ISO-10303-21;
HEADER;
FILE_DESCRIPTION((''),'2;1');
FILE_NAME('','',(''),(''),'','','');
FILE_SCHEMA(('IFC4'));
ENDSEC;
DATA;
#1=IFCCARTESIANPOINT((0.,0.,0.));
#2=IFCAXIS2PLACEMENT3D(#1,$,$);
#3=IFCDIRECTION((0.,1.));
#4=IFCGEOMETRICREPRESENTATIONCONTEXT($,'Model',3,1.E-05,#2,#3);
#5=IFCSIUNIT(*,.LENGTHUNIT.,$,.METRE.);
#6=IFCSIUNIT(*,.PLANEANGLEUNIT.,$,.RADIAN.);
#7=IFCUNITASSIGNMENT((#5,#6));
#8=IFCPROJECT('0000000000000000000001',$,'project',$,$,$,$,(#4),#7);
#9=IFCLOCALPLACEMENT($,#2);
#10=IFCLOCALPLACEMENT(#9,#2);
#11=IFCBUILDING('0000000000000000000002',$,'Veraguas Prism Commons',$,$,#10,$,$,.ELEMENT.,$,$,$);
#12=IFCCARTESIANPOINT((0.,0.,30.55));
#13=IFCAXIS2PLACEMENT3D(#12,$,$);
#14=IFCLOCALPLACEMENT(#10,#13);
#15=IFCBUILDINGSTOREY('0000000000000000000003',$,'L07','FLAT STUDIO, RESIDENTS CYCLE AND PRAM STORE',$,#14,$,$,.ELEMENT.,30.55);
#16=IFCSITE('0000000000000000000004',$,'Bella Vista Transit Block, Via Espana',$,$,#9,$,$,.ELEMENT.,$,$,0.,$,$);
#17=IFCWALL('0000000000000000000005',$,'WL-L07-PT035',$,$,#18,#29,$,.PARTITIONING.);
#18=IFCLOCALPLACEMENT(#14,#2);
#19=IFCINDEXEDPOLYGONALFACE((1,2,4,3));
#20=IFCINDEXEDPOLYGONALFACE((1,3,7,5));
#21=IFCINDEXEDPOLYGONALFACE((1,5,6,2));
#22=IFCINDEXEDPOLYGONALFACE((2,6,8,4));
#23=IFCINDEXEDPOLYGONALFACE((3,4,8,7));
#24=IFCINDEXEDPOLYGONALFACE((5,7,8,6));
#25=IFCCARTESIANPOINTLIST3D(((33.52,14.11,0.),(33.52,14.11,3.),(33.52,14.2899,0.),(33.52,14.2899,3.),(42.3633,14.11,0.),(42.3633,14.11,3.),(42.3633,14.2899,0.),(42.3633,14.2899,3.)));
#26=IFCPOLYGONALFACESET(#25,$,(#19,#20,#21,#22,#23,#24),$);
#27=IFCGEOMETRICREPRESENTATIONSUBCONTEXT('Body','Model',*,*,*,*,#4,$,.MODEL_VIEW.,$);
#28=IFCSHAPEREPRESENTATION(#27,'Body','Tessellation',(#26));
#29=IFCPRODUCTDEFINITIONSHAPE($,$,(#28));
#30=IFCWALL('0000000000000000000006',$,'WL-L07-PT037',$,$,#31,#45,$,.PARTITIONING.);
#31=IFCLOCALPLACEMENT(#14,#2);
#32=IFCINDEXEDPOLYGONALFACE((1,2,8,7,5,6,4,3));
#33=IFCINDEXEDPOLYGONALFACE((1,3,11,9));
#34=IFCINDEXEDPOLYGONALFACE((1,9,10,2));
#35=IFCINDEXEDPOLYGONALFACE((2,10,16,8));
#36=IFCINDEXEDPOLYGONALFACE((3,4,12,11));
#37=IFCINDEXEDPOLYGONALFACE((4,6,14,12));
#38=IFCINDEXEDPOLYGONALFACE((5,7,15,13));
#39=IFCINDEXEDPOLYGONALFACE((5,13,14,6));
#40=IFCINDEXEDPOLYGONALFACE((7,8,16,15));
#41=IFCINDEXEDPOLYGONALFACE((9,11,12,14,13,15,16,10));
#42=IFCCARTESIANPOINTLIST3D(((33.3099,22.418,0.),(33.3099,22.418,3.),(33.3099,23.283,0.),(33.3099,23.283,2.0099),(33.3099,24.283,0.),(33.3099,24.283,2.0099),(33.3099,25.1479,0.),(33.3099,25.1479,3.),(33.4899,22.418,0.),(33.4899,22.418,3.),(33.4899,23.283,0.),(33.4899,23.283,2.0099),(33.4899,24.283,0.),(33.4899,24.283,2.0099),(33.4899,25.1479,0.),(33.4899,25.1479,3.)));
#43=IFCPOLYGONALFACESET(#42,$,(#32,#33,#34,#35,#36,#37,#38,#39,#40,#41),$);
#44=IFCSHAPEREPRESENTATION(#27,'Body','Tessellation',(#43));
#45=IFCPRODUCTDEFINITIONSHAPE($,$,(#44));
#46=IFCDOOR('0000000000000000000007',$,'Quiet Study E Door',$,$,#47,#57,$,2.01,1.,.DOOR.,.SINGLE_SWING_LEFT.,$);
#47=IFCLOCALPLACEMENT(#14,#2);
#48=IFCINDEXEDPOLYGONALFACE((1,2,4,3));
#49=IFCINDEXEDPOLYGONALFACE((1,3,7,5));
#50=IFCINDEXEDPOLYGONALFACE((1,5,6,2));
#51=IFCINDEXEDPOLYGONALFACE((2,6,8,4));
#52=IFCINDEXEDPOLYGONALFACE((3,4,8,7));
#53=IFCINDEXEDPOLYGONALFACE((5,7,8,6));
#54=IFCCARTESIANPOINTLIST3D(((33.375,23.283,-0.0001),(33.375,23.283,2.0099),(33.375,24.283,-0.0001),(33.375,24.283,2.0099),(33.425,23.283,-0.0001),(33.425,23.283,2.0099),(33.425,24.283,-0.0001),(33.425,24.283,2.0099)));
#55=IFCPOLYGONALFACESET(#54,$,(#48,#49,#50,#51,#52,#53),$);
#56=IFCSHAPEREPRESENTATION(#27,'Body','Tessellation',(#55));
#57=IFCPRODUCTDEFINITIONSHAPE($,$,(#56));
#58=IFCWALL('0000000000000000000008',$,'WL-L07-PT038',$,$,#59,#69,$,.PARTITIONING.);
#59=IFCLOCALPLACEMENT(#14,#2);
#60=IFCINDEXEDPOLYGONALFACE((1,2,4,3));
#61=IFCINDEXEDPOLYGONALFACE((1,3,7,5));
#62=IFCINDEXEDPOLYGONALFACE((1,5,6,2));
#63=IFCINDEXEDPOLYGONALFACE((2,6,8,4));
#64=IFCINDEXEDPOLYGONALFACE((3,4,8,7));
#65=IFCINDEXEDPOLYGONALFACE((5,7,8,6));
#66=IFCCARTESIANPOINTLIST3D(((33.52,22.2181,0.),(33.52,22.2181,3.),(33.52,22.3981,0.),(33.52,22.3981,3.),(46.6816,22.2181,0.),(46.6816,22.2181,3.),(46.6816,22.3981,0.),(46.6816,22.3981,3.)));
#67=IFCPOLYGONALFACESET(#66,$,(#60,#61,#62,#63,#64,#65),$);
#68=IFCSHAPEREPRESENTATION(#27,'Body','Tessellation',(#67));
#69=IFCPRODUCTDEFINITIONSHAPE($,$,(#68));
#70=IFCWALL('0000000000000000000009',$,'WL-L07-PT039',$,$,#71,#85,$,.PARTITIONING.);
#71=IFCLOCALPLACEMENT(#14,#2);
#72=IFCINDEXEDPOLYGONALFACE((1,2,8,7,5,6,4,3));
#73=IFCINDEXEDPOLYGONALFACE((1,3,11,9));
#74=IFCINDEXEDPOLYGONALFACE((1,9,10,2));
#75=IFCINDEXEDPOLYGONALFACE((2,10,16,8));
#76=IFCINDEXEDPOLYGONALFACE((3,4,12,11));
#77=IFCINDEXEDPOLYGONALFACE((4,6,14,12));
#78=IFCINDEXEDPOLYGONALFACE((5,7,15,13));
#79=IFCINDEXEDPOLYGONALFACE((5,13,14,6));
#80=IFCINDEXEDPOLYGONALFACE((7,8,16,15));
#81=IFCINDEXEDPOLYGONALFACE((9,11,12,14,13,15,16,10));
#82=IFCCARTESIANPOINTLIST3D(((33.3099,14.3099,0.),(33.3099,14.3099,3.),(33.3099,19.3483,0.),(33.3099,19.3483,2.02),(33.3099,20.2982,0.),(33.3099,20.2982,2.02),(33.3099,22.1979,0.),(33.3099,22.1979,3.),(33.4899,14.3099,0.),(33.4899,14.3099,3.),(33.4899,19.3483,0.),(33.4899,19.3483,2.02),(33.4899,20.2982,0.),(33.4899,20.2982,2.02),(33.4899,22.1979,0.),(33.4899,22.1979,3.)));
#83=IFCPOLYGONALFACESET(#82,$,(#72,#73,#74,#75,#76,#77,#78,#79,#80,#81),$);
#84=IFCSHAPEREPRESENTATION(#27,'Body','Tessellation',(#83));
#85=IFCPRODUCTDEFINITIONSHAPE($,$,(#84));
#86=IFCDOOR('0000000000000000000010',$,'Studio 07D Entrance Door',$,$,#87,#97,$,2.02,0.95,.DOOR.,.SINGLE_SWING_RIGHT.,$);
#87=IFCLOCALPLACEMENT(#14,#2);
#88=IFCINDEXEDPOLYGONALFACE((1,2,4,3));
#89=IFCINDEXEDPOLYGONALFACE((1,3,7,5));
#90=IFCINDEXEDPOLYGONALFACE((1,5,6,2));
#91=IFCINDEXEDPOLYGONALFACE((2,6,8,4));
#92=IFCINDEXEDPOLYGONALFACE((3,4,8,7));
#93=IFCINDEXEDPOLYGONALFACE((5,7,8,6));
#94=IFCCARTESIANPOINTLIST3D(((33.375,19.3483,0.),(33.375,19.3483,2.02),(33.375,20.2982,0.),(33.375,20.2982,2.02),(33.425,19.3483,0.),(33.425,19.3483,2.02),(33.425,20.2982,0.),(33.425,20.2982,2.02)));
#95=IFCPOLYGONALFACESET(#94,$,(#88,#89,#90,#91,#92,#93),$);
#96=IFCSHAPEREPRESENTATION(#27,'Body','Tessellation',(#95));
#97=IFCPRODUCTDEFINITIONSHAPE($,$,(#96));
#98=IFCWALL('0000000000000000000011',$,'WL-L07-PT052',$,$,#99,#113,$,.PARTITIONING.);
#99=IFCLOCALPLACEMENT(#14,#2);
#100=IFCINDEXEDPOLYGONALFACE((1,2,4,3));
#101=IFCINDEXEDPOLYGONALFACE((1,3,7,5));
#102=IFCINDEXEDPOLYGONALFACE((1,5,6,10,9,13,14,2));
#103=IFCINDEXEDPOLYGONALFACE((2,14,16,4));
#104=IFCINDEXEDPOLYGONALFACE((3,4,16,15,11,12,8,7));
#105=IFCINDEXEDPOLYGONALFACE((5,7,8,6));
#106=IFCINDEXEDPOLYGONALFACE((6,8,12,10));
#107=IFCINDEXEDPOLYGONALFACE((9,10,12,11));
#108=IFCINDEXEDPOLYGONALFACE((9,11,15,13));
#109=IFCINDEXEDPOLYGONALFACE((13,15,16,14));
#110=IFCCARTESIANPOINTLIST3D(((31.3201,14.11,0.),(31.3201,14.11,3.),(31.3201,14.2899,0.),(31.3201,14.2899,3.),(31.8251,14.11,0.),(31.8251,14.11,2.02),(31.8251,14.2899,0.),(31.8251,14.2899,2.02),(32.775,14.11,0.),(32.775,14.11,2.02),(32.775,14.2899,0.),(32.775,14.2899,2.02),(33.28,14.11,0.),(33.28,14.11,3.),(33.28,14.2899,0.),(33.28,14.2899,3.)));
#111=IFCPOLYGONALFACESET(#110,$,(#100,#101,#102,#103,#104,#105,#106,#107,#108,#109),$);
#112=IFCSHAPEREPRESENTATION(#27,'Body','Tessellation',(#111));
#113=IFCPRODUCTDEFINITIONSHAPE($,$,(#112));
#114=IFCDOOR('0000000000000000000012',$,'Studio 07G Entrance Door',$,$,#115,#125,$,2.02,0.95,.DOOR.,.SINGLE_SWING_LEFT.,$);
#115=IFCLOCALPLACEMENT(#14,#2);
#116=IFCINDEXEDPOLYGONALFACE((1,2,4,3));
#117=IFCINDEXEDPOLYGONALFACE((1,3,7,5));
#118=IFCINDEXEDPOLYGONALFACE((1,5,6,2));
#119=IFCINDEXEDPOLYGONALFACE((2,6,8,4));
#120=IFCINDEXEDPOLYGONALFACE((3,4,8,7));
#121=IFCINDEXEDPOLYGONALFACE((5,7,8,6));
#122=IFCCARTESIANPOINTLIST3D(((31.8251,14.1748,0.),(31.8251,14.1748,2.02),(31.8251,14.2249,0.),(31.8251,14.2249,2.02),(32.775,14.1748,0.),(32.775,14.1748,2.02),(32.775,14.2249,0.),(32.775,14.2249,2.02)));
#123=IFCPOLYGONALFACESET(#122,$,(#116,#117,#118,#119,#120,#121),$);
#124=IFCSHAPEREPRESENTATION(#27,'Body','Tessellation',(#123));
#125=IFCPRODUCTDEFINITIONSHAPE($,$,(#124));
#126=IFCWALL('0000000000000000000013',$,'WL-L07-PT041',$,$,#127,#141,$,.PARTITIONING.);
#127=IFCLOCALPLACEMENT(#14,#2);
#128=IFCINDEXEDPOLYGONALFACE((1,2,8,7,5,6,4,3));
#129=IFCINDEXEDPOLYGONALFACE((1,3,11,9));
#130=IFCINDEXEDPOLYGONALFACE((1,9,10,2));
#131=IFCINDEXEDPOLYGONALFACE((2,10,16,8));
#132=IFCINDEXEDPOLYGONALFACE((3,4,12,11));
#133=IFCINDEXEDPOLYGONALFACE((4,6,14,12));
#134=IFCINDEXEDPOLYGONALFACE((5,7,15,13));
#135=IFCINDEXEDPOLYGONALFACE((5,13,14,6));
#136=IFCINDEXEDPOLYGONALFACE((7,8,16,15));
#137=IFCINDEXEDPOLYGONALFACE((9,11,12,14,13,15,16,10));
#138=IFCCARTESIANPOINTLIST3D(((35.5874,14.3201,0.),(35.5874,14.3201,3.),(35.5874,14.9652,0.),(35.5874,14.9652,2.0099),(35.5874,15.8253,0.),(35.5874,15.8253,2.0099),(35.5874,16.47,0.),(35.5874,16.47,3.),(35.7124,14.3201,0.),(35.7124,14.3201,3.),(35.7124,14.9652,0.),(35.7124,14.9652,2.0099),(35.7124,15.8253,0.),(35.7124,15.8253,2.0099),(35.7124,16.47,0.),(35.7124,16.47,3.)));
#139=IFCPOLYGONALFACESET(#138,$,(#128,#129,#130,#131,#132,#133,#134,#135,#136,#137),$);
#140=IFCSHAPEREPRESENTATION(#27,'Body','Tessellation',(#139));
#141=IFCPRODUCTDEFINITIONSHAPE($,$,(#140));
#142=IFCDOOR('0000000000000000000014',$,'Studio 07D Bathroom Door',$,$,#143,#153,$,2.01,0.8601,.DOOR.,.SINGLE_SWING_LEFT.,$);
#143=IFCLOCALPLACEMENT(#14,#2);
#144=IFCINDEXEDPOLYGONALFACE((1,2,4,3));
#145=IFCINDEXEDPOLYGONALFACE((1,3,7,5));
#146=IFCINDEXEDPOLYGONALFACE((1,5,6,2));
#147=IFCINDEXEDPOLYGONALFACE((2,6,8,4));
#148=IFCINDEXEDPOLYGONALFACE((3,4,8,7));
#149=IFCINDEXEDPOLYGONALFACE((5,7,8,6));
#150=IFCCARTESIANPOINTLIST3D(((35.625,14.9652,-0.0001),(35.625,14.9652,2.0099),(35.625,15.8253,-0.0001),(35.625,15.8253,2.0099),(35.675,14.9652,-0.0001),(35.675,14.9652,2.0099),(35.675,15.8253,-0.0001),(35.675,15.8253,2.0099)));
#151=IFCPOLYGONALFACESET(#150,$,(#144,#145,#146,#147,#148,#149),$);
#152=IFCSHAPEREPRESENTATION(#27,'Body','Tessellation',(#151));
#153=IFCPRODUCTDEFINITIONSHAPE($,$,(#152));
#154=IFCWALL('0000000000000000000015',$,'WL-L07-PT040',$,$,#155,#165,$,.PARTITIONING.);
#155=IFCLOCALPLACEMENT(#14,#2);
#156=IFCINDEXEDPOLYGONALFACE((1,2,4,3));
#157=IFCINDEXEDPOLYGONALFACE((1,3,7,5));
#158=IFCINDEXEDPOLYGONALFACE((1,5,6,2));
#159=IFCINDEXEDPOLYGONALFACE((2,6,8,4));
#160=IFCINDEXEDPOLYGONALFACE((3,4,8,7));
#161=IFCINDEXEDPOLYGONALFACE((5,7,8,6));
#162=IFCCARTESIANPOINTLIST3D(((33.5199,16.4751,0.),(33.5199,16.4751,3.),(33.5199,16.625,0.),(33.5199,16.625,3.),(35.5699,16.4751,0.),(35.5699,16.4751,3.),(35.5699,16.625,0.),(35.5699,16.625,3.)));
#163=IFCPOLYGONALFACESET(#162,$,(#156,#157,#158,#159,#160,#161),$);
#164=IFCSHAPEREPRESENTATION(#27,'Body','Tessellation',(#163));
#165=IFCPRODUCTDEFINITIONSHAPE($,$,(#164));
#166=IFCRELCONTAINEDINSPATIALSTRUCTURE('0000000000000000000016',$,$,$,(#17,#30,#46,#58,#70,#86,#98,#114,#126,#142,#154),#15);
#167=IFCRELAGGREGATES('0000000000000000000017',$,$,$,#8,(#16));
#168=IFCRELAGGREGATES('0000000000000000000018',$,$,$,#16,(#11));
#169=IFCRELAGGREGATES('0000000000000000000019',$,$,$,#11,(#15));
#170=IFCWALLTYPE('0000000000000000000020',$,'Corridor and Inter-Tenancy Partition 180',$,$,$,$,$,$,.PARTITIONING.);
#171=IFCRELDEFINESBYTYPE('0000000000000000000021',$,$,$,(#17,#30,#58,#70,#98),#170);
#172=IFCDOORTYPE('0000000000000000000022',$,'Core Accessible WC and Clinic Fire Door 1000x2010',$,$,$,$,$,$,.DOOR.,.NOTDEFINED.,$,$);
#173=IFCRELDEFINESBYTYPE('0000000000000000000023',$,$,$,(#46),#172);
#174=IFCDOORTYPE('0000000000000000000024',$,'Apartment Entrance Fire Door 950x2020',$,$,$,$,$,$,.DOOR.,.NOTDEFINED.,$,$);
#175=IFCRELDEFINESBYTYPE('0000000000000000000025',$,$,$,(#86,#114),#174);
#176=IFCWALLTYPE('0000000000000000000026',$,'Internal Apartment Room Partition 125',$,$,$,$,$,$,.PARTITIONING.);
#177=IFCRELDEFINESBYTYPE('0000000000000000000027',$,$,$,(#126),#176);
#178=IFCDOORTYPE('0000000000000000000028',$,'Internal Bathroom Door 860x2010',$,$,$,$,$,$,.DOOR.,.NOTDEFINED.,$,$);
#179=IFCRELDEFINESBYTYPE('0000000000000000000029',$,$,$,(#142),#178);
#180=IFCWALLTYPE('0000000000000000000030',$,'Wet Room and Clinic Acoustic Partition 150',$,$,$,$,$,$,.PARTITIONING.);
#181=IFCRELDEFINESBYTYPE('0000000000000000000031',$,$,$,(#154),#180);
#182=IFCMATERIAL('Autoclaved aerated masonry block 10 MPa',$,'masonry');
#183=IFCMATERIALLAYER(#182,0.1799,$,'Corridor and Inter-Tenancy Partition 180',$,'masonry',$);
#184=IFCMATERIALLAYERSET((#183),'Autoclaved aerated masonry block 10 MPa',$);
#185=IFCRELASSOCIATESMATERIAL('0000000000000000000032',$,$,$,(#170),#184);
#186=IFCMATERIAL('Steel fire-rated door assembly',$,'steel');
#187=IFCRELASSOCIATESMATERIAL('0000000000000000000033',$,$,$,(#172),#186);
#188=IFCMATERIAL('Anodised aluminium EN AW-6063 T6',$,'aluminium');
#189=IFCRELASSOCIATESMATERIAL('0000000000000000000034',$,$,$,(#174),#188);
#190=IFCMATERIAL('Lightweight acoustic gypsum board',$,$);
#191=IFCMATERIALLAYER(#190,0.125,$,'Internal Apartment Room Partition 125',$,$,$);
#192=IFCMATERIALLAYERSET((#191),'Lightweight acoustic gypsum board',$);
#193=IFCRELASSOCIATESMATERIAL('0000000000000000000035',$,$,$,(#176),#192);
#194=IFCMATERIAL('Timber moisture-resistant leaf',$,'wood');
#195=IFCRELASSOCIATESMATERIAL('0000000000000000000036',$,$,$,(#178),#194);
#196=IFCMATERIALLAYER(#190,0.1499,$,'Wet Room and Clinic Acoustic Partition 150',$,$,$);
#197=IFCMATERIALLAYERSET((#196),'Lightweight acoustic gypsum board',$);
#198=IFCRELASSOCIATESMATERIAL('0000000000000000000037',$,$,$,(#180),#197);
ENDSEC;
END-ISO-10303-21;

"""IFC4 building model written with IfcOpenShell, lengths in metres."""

from ifc_helpers import new_model, si_unit, direction, frame, frame_2d, origin, place, context, subcontext, project, spatial, rectangle, extrude, source, transform, mapped, material, layer, layer_set, type_object, element, fill, save


model = new_model("IFC4")

# Units and contexts
model_context = context("Model", 3, precision=1e-05, world=origin(), true_north=direction((0.0, 1.0)))
body_context = subcontext(model_context, "Body", "Model", "MODEL_VIEW")
ifc_project = project(units=[si_unit("LENGTHUNIT", "METRE"), si_unit("PLANEANGLEUNIT", "RADIAN")], contexts=[model_context])

# Site, building, storey
site_placement = place(None, origin())
site = spatial("IfcSite", under=ifc_project, at=site_placement, Name="Bella Vista Transit Block, Via Espana", CompositionType="ELEMENT", RefElevation=0.0)
building_placement = place(site_placement, origin())
building = spatial("IfcBuilding", under=site, at=building_placement, Name="Veraguas Prism Commons", CompositionType="ELEMENT")
storey_placement = place(building_placement, frame((0.0, 0.0, 30.55)))
storey = spatial("IfcBuildingStorey", under=building, at=storey_placement, Name="L07", Description="FLAT STUDIO, RESIDENTS CYCLE AND PRAM STORE", CompositionType="ELEMENT", Elevation=30.55)

# Shared definitions
ifc_material_1 = material(Name="Anodised aluminium EN AW-6063 T6", Category="aluminium")

# Wall
ifc_material_2 = material(Name="Autoclaved aerated masonry block 10 MPa", Category="masonry")
ifc_layer_1 = layer(ifc_material_2, 0.1799, Name="Corridor and Inter-Tenancy Partition 180", Category="masonry")
ifc_layer_set_1 = layer_set([ifc_layer_1], Name="Autoclaved aerated masonry block 10 MPa")
wall_type_1 = type_object("IfcWallType", Name="Corridor and Inter-Tenancy Partition 180", PredefinedType="PARTITIONING", material=ifc_layer_set_1)
wall_1_placement = place(storey_placement, frame((33.52, 14.2, 0.0), z_axis=(0.0, 0.0, 1.0), x_axis=(1.0, 0.0, 0.0)))
element("IfcWall", 1, at=wall_1_placement, inside=storey, type_object=wall_type_1, Name="WL-L07-PT035", PredefinedType="PARTITIONING", context=body_context, shape_type="SweptSolid", body=[
    extrude(rectangle(XDim=8.8433, YDim=0.1799, at=frame_2d((4.4216, 0.0))), origin(), (0.0, 0.0, 1.0), 3.0),
])

# Wall, opening, door
wall_2_placement = place(storey_placement, frame((33.3999, 22.418, 0.0), z_axis=(0.0, 0.0, 1.0), x_axis=(0.0, 1.0, 0.0)))
wall_2 = element("IfcWall", 2, at=wall_2_placement, inside=storey, type_object=wall_type_1, Name="WL-L07-PT037", PredefinedType="PARTITIONING", context=body_context, shape_type="SweptSolid", body=[
    extrude(rectangle(XDim=2.73, YDim=0.1799, at=frame_2d((1.365, 0.0))), origin(), (0.0, 0.0, 1.0), 3.0),
])
opening_1_placement = place(wall_2_placement, frame((0.865, 0.0, 0.0)))
opening_1 = element("IfcOpeningElement", 3, at=opening_1_placement, cuts=wall_2, PredefinedType="OPENING", context=body_context, shape_type="SweptSolid", body=[
    extrude(rectangle(XDim=1.0, YDim=2.01, at=frame_2d((0.5, 1.0049))), frame((0.0, 0.0999, 0.0), z_axis=(0.0, -1.0, 0.0), x_axis=(1.0, 0.0, 0.0)), (0.0, 0.0, 1.0), 0.2),
])
ifc_material_3 = material(Name="Steel fire-rated door assembly", Category="steel")
door_type_1 = type_object("IfcDoorType", Name="Core Accessible WC and Clinic Fire Door 1000x2010", OperationType="NOTDEFINED", PredefinedType="DOOR", material=ifc_material_3)
shared_shape_1 = source(origin(), body_context, "Body", "SweptSolid", [
    extrude(rectangle(XDim=1.0, YDim=2.01, at=frame_2d((0.5, 1.0049))), frame((0.0, 0.0249, 0.0), z_axis=(0.0, -1.0, 0.0), x_axis=(1.0, 0.0, 0.0)), (0.0, 0.0, 1.0), 0.05),
])
door_1_placement = place(opening_1_placement, origin())
door_1 = element("IfcDoor", 4, at=door_1_placement, inside=storey, type_object=door_type_1, Name="Quiet Study E Door", OperationType="SINGLE_SWING_LEFT", OverallHeight=2.01, OverallWidth=1.0, PredefinedType="DOOR", context=body_context, shape_type="MappedRepresentation", body=[
    mapped(shared_shape_1, transform((0.0, 0.0, 0.0), scale=1.0)),
])
fill(opening_1, door_1)

# Wall
wall_3_placement = place(storey_placement, frame((33.52, 22.3081, 0.0), z_axis=(0.0, 0.0, 1.0), x_axis=(1.0, 0.0, 0.0)))
element("IfcWall", 5, at=wall_3_placement, inside=storey, type_object=wall_type_1, Name="WL-L07-PT038", PredefinedType="PARTITIONING", context=body_context, shape_type="SweptSolid", body=[
    extrude(rectangle(XDim=13.1616, YDim=0.1799, at=frame_2d((6.5808, 0.0))), origin(), (0.0, 0.0, 1.0), 3.0),
])

# Walls, openings, doors
wall_4_placement = place(storey_placement, frame((33.3999, 14.3101, 0.0), z_axis=(0.0, 0.0, 1.0), x_axis=(0.0, 1.0, 0.0)))
wall_4 = element("IfcWall", 6, at=wall_4_placement, inside=storey, type_object=wall_type_1, Name="WL-L07-PT039", PredefinedType="PARTITIONING", context=body_context, shape_type="SweptSolid", body=[
    extrude(rectangle(XDim=7.8879, YDim=0.1799, at=frame_2d((3.9438, 0.0))), origin(), (0.0, 0.0, 1.0), 3.0),
])
opening_2_placement = place(wall_4_placement, frame((5.0381, 0.0, 0.0)))
opening_2 = element("IfcOpeningElement", 7, at=opening_2_placement, cuts=wall_4, PredefinedType="OPENING", context=body_context, shape_type="SweptSolid", body=[
    extrude(rectangle(XDim=0.95, YDim=2.02, at=frame_2d((0.4751, 1.01))), frame((0.0, 0.0999, 0.0), z_axis=(0.0, -1.0, 0.0), x_axis=(1.0, 0.0, 0.0)), (0.0, 0.0, 1.0), 0.2),
])
door_type_2 = type_object("IfcDoorType", Name="Apartment Entrance Fire Door 950x2020", OperationType="NOTDEFINED", PredefinedType="DOOR", material=ifc_material_1)
shared_shape_2 = source(origin(), body_context, "Body", "SweptSolid", [
    extrude(rectangle(XDim=0.95, YDim=2.02, at=frame_2d((0.4751, 1.01))), frame((0.0, 0.0249, 0.0), z_axis=(0.0, -1.0, 0.0), x_axis=(1.0, 0.0, 0.0)), (0.0, 0.0, 1.0), 0.05),
])
door_2_placement = place(opening_2_placement, origin())
door_2 = element("IfcDoor", 8, at=door_2_placement, inside=storey, type_object=door_type_2, Name="Studio 07D Entrance Door", OperationType="SINGLE_SWING_RIGHT", OverallHeight=2.02, OverallWidth=0.95, PredefinedType="DOOR", context=body_context, shape_type="MappedRepresentation", body=[
    mapped(shared_shape_2, transform((0.0, 0.0, 0.0), scale=1.0)),
])
fill(opening_2, door_2)
wall_5_placement = place(storey_placement, frame((31.3201, 14.2, 0.0), z_axis=(0.0, 0.0, 1.0), x_axis=(1.0, 0.0, 0.0)))
wall_5 = element("IfcWall", 9, at=wall_5_placement, inside=storey, type_object=wall_type_1, Name="WL-L07-PT052", PredefinedType="PARTITIONING", context=body_context, shape_type="SweptSolid", body=[
    extrude(rectangle(XDim=1.96, YDim=0.1799, at=frame_2d((0.98, 0.0))), origin(), (0.0, 0.0, 1.0), 3.0),
])
opening_3_placement = place(wall_5_placement, frame((0.5049, 0.0, 0.0)))
opening_3 = element("IfcOpeningElement", 10, at=opening_3_placement, cuts=wall_5, PredefinedType="OPENING", context=body_context, shape_type="SweptSolid", body=[
    extrude(rectangle(XDim=0.95, YDim=2.02, at=frame_2d((0.4751, 1.01))), frame((0.0, 0.0999, 0.0), z_axis=(0.0, -1.0, 0.0), x_axis=(1.0, 0.0, 0.0)), (0.0, 0.0, 1.0), 0.2),
])
door_3_placement = place(opening_3_placement, origin())
door_3 = element("IfcDoor", 11, at=door_3_placement, inside=storey, type_object=door_type_2, Name="Studio 07G Entrance Door", OperationType="SINGLE_SWING_LEFT", OverallHeight=2.02, OverallWidth=0.95, PredefinedType="DOOR", context=body_context, shape_type="MappedRepresentation", body=[
    mapped(shared_shape_2, transform((0.0, 0.0, 0.0), scale=1.0)),
])
fill(opening_3, door_3)
ifc_material_4 = material(Name="Lightweight acoustic gypsum board")
ifc_layer_2 = layer(ifc_material_4, 0.125, Name="Internal Apartment Room Partition 125")
ifc_layer_set_2 = layer_set([ifc_layer_2], Name="Lightweight acoustic gypsum board")
wall_type_2 = type_object("IfcWallType", Name="Internal Apartment Room Partition 125", PredefinedType="PARTITIONING", material=ifc_layer_set_2)
wall_6_placement = place(storey_placement, frame((35.6499, 14.3201, 0.0), z_axis=(0.0, 0.0, 1.0), x_axis=(0.0, 1.0, 0.0)))
wall_6 = element("IfcWall", 12, at=wall_6_placement, inside=storey, type_object=wall_type_2, Name="WL-L07-PT041", PredefinedType="PARTITIONING", context=body_context, shape_type="SweptSolid", body=[
    extrude(rectangle(XDim=2.1499, YDim=0.125, at=frame_2d((1.075, 0.0))), origin(), (0.0, 0.0, 1.0), 3.0),
])
opening_4_placement = place(wall_6_placement, frame((0.645, 0.0, 0.0)))
opening_4 = element("IfcOpeningElement", 13, at=opening_4_placement, cuts=wall_6, PredefinedType="OPENING", context=body_context, shape_type="SweptSolid", body=[
    extrude(rectangle(XDim=0.8601, YDim=2.01, at=frame_2d((0.4302, 1.0049))), frame((0.0, 0.0725, 0.0), z_axis=(0.0, -1.0, 0.0), x_axis=(1.0, 0.0, 0.0)), (0.0, 0.0, 1.0), 0.145),
])
ifc_material_5 = material(Name="Timber moisture-resistant leaf", Category="wood")
door_type_3 = type_object("IfcDoorType", Name="Internal Bathroom Door 860x2010", OperationType="NOTDEFINED", PredefinedType="DOOR", material=ifc_material_5)
shared_shape_3 = source(origin(), body_context, "Body", "SweptSolid", [
    extrude(rectangle(XDim=0.8601, YDim=2.01, at=frame_2d((0.4302, 1.0049))), frame((0.0, 0.0249, 0.0), z_axis=(0.0, -1.0, 0.0), x_axis=(1.0, 0.0, 0.0)), (0.0, 0.0, 1.0), 0.05),
])
door_4_placement = place(opening_4_placement, origin())
door_4 = element("IfcDoor", 14, at=door_4_placement, inside=storey, type_object=door_type_3, Name="Studio 07D Bathroom Door", OperationType="SINGLE_SWING_LEFT", OverallHeight=2.01, OverallWidth=0.8601, PredefinedType="DOOR", context=body_context, shape_type="MappedRepresentation", body=[
    mapped(shared_shape_3, transform((0.0, 0.0, 0.0), scale=1.0)),
])
fill(opening_4, door_4)

# Wall
ifc_layer_3 = layer(ifc_material_4, 0.1499, Name="Wet Room and Clinic Acoustic Partition 150")
ifc_layer_set_3 = layer_set([ifc_layer_3], Name="Lightweight acoustic gypsum board")
wall_type_3 = type_object("IfcWallType", Name="Wet Room and Clinic Acoustic Partition 150", PredefinedType="PARTITIONING", material=ifc_layer_set_3)
wall_7_placement = place(storey_placement, frame((33.52, 16.55, 0.0), z_axis=(0.0, 0.0, 1.0), x_axis=(1.0, 0.0, 0.0)))
element("IfcWall", 15, at=wall_7_placement, inside=storey, type_object=wall_type_3, Name="WL-L07-PT040", PredefinedType="PARTITIONING", context=body_context, shape_type="SweptSolid", body=[
    extrude(rectangle(XDim=2.05, YDim=0.1499, at=frame_2d((1.0249, 0.0))), origin(), (0.0, 0.0, 1.0), 3.0),
])

save(model, "model.ifc")
